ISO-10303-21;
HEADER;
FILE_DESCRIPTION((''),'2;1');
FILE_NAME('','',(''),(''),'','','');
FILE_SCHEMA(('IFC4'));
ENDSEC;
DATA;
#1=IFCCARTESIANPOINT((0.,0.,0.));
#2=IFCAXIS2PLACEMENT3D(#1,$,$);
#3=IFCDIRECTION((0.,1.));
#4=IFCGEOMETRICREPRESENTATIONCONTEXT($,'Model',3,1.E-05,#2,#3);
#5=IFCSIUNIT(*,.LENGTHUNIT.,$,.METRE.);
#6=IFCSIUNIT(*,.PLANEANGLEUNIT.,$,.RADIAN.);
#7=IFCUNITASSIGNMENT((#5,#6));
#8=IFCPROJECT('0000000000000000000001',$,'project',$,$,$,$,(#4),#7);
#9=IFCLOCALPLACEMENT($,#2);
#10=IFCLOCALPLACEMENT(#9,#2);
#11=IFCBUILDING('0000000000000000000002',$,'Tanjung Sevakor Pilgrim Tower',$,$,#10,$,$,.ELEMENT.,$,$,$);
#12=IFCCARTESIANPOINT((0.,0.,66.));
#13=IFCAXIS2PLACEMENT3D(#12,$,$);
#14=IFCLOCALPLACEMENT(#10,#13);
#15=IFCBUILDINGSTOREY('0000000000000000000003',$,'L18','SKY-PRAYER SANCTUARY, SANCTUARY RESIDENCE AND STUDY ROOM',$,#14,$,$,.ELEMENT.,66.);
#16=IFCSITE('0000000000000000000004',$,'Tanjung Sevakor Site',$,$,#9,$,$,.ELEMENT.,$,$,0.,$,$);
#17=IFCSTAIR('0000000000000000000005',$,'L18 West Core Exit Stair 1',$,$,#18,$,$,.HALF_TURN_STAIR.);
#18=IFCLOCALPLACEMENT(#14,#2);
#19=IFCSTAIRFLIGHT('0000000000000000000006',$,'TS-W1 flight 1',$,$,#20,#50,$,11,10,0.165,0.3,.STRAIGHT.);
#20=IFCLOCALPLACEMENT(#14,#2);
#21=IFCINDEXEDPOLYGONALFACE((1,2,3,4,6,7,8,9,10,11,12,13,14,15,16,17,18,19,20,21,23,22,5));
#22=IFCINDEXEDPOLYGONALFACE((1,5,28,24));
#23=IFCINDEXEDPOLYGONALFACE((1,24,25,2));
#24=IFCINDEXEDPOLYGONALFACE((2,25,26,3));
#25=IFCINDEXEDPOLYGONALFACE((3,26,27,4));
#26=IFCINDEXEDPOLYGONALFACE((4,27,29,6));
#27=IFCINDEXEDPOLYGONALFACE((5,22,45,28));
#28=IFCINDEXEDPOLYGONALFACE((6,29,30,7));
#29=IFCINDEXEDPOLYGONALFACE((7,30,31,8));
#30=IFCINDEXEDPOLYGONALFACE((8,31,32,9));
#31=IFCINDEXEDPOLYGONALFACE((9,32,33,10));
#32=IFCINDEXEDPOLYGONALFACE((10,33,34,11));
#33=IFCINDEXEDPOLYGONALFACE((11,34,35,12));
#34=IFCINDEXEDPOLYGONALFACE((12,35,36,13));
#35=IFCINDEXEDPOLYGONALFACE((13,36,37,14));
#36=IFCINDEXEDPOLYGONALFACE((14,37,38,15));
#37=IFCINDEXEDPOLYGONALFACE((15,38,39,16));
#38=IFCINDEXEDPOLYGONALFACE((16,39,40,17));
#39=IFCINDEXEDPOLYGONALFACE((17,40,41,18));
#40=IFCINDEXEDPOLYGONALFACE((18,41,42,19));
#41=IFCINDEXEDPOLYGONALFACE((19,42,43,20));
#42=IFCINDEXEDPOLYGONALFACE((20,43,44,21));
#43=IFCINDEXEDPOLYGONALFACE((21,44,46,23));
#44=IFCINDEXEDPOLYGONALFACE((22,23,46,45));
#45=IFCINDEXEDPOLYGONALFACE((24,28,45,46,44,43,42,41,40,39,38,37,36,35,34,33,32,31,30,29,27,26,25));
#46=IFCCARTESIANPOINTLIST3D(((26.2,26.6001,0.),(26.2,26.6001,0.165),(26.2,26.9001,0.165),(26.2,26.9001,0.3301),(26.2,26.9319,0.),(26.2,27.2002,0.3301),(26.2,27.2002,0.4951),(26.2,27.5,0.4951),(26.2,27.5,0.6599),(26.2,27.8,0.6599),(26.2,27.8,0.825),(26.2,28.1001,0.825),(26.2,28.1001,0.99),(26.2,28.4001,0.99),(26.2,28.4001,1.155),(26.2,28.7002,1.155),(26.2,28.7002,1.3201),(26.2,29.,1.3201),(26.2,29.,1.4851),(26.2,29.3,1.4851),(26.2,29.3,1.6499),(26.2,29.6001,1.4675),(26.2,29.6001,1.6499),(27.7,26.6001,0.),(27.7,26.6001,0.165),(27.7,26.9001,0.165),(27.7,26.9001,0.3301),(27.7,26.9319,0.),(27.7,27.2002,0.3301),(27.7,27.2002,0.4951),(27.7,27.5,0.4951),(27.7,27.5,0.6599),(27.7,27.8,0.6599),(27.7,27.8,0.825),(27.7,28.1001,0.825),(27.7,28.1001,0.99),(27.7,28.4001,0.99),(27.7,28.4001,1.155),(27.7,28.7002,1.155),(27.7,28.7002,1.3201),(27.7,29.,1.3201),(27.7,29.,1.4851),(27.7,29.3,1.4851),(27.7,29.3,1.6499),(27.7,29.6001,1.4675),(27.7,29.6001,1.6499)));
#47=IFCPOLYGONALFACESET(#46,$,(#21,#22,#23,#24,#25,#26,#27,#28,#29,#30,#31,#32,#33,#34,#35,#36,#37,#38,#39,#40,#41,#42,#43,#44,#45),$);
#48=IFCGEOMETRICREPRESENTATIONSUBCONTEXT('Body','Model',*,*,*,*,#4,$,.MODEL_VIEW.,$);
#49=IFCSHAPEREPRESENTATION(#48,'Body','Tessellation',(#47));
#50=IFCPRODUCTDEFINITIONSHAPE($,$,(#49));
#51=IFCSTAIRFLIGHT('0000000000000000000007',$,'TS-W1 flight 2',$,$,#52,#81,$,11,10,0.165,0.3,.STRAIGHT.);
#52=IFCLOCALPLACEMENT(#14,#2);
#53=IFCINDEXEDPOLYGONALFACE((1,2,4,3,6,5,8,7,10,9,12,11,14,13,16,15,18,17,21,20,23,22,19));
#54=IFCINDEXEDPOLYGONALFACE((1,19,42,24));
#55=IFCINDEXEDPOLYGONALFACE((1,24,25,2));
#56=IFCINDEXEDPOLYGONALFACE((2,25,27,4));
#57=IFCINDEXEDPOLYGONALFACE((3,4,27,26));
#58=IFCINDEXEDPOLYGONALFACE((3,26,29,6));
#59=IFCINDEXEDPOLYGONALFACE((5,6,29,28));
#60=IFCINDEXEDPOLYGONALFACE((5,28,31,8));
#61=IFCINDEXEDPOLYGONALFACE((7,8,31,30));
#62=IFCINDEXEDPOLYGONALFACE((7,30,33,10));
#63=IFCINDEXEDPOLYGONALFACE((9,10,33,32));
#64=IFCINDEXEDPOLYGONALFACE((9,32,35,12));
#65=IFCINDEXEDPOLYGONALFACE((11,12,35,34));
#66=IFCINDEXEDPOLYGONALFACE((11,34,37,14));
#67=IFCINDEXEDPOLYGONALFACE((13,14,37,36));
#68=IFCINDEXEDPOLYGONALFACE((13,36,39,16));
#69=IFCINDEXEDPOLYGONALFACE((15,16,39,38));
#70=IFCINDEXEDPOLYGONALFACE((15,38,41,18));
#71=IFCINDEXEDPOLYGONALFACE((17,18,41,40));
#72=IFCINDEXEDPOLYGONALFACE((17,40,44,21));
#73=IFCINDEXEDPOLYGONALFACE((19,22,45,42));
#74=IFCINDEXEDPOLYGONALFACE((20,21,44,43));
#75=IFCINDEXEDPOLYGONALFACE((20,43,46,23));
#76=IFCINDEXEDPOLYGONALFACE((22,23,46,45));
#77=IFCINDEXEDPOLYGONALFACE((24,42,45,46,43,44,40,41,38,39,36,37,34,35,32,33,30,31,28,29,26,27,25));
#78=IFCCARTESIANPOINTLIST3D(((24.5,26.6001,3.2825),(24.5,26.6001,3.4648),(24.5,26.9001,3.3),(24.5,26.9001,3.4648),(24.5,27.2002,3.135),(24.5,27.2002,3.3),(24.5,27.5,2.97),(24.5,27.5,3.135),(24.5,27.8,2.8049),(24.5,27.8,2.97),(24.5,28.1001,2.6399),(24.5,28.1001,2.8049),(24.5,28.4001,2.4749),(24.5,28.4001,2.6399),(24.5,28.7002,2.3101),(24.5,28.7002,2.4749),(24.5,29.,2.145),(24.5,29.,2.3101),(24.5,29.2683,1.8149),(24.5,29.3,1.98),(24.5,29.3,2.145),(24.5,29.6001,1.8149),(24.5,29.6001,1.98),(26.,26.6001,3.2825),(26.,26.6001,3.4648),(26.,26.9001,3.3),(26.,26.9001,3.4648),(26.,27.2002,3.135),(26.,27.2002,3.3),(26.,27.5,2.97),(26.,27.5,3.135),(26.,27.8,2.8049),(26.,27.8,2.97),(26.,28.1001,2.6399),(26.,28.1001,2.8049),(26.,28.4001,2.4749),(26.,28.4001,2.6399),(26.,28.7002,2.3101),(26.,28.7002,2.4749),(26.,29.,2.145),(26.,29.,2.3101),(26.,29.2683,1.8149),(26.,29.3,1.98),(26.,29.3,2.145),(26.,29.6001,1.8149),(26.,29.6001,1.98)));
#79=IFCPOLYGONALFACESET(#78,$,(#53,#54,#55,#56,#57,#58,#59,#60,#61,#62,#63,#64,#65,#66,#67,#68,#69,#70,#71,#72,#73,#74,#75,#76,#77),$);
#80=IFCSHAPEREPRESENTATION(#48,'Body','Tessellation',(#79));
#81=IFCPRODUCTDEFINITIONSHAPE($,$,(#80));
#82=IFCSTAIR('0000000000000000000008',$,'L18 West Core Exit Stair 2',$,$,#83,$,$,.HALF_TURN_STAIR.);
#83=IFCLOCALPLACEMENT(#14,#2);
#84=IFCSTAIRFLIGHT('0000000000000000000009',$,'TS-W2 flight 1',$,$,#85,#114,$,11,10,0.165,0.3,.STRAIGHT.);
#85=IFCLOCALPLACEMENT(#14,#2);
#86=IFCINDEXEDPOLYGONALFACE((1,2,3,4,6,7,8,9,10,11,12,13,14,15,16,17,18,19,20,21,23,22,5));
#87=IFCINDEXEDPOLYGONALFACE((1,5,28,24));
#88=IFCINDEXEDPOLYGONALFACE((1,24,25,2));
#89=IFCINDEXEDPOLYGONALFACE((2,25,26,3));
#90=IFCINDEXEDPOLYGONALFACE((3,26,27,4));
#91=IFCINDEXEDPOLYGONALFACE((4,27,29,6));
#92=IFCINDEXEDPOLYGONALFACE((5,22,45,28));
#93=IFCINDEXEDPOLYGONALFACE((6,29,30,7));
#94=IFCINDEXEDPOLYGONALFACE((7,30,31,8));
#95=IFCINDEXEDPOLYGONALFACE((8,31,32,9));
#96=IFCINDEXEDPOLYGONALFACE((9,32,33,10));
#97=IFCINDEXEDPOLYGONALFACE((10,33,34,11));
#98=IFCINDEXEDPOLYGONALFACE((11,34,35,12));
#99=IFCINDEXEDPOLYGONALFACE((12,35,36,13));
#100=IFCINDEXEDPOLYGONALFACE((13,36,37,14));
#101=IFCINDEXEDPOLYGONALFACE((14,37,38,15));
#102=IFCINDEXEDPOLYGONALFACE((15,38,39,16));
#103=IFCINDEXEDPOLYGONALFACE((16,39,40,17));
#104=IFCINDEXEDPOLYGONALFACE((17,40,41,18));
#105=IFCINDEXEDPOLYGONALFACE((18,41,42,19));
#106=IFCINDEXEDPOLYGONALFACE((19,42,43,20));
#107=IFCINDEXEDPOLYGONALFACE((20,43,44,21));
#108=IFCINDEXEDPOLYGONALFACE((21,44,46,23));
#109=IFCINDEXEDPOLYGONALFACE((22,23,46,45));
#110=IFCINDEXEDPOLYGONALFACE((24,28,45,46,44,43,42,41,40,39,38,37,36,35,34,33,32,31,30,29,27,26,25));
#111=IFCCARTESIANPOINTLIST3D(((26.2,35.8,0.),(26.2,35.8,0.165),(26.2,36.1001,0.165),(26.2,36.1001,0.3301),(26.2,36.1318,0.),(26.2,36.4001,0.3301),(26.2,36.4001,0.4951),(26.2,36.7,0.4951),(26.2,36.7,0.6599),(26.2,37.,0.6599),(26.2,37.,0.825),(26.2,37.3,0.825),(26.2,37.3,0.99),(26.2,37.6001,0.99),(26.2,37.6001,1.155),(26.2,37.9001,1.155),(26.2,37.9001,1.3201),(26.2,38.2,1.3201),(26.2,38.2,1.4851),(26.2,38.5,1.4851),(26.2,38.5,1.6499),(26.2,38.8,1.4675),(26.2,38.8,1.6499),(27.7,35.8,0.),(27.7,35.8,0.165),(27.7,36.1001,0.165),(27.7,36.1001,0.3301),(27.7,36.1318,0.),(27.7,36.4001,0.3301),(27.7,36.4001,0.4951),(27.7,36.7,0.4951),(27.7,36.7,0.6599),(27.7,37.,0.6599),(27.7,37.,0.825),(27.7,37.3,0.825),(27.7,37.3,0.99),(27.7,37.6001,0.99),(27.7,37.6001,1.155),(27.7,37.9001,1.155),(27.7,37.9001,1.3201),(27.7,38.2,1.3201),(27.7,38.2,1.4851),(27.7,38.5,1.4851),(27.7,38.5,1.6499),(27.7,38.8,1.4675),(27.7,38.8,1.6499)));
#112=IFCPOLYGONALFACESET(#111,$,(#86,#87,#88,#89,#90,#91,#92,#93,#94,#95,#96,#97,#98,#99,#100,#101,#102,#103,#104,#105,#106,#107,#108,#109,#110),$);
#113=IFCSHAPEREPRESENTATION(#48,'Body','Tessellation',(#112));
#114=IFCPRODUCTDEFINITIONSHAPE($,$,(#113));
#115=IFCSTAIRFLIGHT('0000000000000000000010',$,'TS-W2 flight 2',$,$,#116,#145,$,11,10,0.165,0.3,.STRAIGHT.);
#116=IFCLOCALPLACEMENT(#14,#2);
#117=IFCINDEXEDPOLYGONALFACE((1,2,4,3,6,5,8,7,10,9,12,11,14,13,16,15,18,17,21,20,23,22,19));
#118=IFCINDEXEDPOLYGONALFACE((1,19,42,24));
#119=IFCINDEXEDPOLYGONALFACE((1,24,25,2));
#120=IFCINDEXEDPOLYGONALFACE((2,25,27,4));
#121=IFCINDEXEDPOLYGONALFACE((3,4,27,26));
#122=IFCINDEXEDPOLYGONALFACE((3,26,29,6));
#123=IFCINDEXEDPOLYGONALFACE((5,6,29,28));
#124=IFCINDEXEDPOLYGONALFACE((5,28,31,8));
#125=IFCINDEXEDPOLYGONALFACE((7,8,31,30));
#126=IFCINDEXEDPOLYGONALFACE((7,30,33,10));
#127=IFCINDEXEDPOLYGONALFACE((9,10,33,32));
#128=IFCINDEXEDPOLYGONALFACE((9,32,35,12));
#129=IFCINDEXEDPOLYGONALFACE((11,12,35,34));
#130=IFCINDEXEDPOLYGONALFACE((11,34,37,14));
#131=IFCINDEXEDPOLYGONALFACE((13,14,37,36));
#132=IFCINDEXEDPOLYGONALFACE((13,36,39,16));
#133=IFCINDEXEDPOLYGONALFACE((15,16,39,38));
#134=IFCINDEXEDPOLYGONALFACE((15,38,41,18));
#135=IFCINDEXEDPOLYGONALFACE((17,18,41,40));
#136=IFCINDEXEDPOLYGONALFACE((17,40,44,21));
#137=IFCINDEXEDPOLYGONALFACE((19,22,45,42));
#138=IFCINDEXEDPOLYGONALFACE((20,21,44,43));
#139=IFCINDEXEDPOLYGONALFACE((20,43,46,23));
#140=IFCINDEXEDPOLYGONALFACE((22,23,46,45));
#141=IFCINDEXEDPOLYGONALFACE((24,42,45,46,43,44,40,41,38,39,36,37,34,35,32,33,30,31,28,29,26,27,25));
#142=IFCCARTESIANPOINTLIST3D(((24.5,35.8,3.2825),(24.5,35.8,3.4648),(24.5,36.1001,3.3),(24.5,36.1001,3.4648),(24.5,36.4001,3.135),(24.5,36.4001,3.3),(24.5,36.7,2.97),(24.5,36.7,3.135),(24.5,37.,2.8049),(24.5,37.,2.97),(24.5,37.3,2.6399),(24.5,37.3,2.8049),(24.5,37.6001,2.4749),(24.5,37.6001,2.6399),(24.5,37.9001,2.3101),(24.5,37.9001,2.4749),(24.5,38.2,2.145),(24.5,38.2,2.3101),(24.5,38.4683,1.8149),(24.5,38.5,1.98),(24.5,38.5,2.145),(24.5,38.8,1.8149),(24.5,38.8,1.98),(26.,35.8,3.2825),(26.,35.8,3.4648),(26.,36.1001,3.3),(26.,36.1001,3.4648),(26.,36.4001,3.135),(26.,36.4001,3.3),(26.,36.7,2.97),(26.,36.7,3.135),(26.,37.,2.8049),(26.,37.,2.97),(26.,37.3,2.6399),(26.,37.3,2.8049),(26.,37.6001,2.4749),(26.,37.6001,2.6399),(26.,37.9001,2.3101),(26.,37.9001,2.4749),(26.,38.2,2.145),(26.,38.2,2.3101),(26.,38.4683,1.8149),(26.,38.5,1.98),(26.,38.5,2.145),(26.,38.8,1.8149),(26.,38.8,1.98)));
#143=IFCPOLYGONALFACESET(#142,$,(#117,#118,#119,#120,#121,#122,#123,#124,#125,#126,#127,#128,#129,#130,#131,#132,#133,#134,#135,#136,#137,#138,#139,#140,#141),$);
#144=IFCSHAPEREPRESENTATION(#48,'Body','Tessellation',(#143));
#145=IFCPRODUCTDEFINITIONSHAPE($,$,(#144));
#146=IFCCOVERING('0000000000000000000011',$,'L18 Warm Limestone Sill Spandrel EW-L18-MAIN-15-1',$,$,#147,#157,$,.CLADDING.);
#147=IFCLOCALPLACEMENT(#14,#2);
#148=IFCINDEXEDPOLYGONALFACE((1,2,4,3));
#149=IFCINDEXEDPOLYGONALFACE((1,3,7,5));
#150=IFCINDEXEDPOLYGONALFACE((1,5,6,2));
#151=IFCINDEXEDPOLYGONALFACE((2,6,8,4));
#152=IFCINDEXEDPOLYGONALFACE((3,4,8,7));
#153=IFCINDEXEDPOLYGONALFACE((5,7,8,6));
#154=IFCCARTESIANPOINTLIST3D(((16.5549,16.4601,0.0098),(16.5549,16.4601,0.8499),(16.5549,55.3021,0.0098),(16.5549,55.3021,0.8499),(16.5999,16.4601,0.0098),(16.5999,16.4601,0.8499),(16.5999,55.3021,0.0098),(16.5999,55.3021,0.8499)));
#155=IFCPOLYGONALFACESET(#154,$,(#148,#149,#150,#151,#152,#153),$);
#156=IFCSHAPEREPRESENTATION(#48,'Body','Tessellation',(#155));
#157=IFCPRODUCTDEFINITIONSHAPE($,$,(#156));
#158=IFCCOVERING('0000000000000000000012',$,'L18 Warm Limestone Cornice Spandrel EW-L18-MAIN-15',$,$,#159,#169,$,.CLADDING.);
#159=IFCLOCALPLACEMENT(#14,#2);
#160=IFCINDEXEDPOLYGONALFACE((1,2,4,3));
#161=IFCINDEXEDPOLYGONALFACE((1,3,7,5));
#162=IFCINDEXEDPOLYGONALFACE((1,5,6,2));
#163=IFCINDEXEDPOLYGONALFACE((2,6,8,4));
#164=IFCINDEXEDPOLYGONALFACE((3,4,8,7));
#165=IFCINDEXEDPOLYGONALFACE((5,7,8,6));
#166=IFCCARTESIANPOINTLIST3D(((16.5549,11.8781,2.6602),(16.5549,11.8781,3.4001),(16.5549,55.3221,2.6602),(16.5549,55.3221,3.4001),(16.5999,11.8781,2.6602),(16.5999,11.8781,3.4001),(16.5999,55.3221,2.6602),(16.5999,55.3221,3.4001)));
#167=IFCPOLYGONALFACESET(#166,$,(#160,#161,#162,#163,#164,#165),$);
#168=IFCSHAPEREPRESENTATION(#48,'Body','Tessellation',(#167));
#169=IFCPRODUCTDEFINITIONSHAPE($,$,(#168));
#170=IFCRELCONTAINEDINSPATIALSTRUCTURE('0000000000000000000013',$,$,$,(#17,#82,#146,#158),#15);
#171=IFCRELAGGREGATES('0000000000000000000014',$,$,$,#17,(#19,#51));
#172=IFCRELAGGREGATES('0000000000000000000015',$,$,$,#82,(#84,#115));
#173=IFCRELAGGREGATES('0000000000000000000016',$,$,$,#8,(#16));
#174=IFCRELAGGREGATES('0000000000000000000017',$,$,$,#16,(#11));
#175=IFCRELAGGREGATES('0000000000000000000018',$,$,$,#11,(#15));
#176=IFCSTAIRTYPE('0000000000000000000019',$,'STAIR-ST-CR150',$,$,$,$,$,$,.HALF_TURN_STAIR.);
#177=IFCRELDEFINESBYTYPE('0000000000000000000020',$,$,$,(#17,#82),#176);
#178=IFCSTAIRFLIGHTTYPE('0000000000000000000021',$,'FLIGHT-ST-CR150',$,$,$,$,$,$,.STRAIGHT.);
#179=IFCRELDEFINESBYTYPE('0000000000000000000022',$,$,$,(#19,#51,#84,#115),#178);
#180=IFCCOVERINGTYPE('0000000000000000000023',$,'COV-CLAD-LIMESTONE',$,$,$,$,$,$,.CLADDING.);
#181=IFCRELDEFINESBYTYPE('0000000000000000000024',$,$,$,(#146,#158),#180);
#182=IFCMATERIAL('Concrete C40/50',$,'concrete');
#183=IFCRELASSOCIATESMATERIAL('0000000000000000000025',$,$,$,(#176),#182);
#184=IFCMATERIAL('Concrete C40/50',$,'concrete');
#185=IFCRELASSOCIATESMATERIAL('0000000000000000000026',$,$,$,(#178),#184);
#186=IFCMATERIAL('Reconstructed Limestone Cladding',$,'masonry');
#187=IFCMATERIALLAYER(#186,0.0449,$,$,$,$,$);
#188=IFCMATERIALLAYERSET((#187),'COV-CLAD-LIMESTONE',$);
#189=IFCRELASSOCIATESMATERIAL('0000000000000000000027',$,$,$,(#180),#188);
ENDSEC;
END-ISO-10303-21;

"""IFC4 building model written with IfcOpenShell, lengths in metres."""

from ifc_helpers import new_model, si_unit, direction, frame, origin, origin_2d, place, context, subcontext, project, spatial, polyline, rectangle, outline, extrude, material, layer, layer_set, type_object, element, aggregate, save


model = new_model("IFC4")

# Units and contexts
model_context = context("Model", 3, precision=1e-05, world=origin(), true_north=direction((0.0, 1.0)))
body_context = subcontext(model_context, "Body", "Model", "MODEL_VIEW")
ifc_project = project(units=[si_unit("LENGTHUNIT", "METRE"), si_unit("PLANEANGLEUNIT", "RADIAN")], contexts=[model_context])

# Site, building, storey
site_placement = place(None, origin())
site = spatial("IfcSite", under=ifc_project, at=site_placement, Name="Tanjung Sevakor Site", CompositionType="ELEMENT", RefElevation=0.0)
building_placement = place(site_placement, origin())
building = spatial("IfcBuilding", under=site, at=building_placement, Name="Tanjung Sevakor Pilgrim Tower", CompositionType="ELEMENT")
storey_placement = place(building_placement, frame((0.0, 0.0, 66.0)))
storey = spatial("IfcBuildingStorey", under=building, at=storey_placement, Name="L18", Description="SKY-PRAYER SANCTUARY, SANCTUARY RESIDENCE AND STUDY ROOM", CompositionType="ELEMENT", Elevation=66.0)

# Stairs, stair flights
ifc_material_1 = material(Name="Concrete C40/50", Category="concrete")
stair_type = type_object("IfcStairType", Name="STAIR-ST-CR150", PredefinedType="HALF_TURN_STAIR", material=ifc_material_1)
stair_1_placement = place(storey_placement, origin())
stair_1 = element("IfcStair", 1, at=stair_1_placement, inside=storey, type_object=stair_type, Name="L18 West Core Exit Stair 1", PredefinedType="HALF_TURN_STAIR")
ifc_material_2 = material(Name="Concrete C40/50", Category="concrete")
stair_flight_type = type_object("IfcStairFlightType", Name="FLIGHT-ST-CR150", PredefinedType="STRAIGHT", material=ifc_material_2)
stair_flight_1_placement = place(storey_placement, frame((26.95, 26.6001, 0.0), z_axis=(0.0, 0.0, 1.0), x_axis=(0.0, 1.0, 0.0)))
stair_flight_1 = element("IfcStairFlight", 2, at=stair_flight_1_placement, type_object=stair_flight_type, Name="TS-W1 flight 1", NumberOfRisers=11, NumberOfTreads=10, PredefinedType="STRAIGHT", RiserHeight=0.165, TreadLength=0.3, context=body_context, shape_type="SweptSolid", body=[
    extrude(outline(polyline([(0.0, 0.0), (0.0, 0.165), (0.3, 0.165), (0.3, 0.3301), (0.6001, 0.3301), (0.6001, 0.4951), (0.8999, 0.4951), (0.8999, 0.6599), (1.2, 0.6599), (1.2, 0.825), (1.5, 0.825), (1.5, 0.99), (1.8, 0.99), (1.8, 1.155), (2.1001, 1.155), (2.1001, 1.3201), (2.3999, 1.3201), (2.3999, 1.4851), (2.7, 1.4851), (2.7, 1.6499), (3.0, 1.6499), (3.0, 1.8149), (3.0, 1.4675), (0.3318, 0.0), (0.0, 0.0)])), frame((0.0, 0.75, 0.0), z_axis=(0.0, -1.0, 0.0), x_axis=(1.0, 0.0, 0.0)), (0.0, 0.0, 1.0), 1.5),
])
stair_flight_2_placement = place(storey_placement, frame((25.25, 29.6001, 1.8149), z_axis=(0.0, 0.0, 1.0), x_axis=(0.0, -1.0, 0.0)))
stair_flight_2 = element("IfcStairFlight", 3, at=stair_flight_2_placement, type_object=stair_flight_type, Name="TS-W1 flight 2", NumberOfRisers=11, NumberOfTreads=10, PredefinedType="STRAIGHT", RiserHeight=0.165, TreadLength=0.3, context=body_context, shape_type="SweptSolid", body=[
    extrude(outline(polyline([(0.0, 0.0), (0.0, 0.165), (0.3, 0.165), (0.3, 0.3301), (0.6001, 0.3301), (0.6001, 0.4951), (0.8999, 0.4951), (0.8999, 0.6599), (1.2, 0.6599), (1.2, 0.825), (1.5, 0.825), (1.5, 0.99), (1.8, 0.99), (1.8, 1.155), (2.1001, 1.155), (2.1001, 1.3201), (2.3999, 1.3201), (2.3999, 1.4851), (2.7, 1.4851), (2.7, 1.6499), (3.0, 1.6499), (3.0, 1.8149), (3.0, 1.4675), (0.3318, 0.0), (0.0, 0.0)])), frame((0.0, 0.75, 0.0), z_axis=(0.0, -1.0, 0.0), x_axis=(1.0, 0.0, 0.0)), (0.0, 0.0, 1.0), 1.5),
])
aggregate(stair_1, [stair_flight_1, stair_flight_2])
stair_2_placement = place(storey_placement, origin())
stair_2 = element("IfcStair", 4, at=stair_2_placement, inside=storey, type_object=stair_type, Name="L18 West Core Exit Stair 2", PredefinedType="HALF_TURN_STAIR")
stair_flight_3_placement = place(storey_placement, frame((26.95, 35.8, 0.0), z_axis=(0.0, 0.0, 1.0), x_axis=(0.0, 1.0, 0.0)))
stair_flight_3 = element("IfcStairFlight", 5, at=stair_flight_3_placement, type_object=stair_flight_type, Name="TS-W2 flight 1", NumberOfRisers=11, NumberOfTreads=10, PredefinedType="STRAIGHT", RiserHeight=0.165, TreadLength=0.3, context=body_context, shape_type="SweptSolid", body=[
    extrude(outline(polyline([(0.0, 0.0), (0.0, 0.165), (0.3, 0.165), (0.3, 0.3301), (0.6001, 0.3301), (0.6001, 0.4951), (0.8999, 0.4951), (0.8999, 0.6599), (1.2, 0.6599), (1.2, 0.825), (1.5, 0.825), (1.5, 0.99), (1.8, 0.99), (1.8, 1.155), (2.1001, 1.155), (2.1001, 1.3201), (2.3999, 1.3201), (2.3999, 1.4851), (2.7, 1.4851), (2.7, 1.6499), (3.0, 1.6499), (3.0, 1.8149), (3.0, 1.4675), (0.3318, 0.0), (0.0, 0.0)])), frame((0.0, 0.75, 0.0), z_axis=(0.0, -1.0, 0.0), x_axis=(1.0, 0.0, 0.0)), (0.0, 0.0, 1.0), 1.5),
])
stair_flight_4_placement = place(storey_placement, frame((25.25, 38.8, 1.8149), z_axis=(0.0, 0.0, 1.0), x_axis=(0.0, -1.0, 0.0)))
stair_flight_4 = element("IfcStairFlight", 6, at=stair_flight_4_placement, type_object=stair_flight_type, Name="TS-W2 flight 2", NumberOfRisers=11, NumberOfTreads=10, PredefinedType="STRAIGHT", RiserHeight=0.165, TreadLength=0.3, context=body_context, shape_type="SweptSolid", body=[
    extrude(outline(polyline([(0.0, 0.0), (0.0, 0.165), (0.3, 0.165), (0.3, 0.3301), (0.6001, 0.3301), (0.6001, 0.4951), (0.8999, 0.4951), (0.8999, 0.6599), (1.2, 0.6599), (1.2, 0.825), (1.5, 0.825), (1.5, 0.99), (1.8, 0.99), (1.8, 1.155), (2.1001, 1.155), (2.1001, 1.3201), (2.3999, 1.3201), (2.3999, 1.4851), (2.7, 1.4851), (2.7, 1.6499), (3.0, 1.6499), (3.0, 1.8149), (3.0, 1.4675), (0.3318, 0.0), (0.0, 0.0)])), frame((0.0, 0.75, 0.0), z_axis=(0.0, -1.0, 0.0), x_axis=(1.0, 0.0, 0.0)), (0.0, 0.0, 1.0), 1.5),
])
aggregate(stair_2, [stair_flight_3, stair_flight_4])

# Coverings
ifc_material_3 = material(Name="Reconstructed Limestone Cladding", Category="masonry")
ifc_layer_1 = layer(ifc_material_3, 0.0449)
ifc_layer_set_1 = layer_set([ifc_layer_1], Name="COV-CLAD-LIMESTONE")
covering_type = type_object("IfcCoveringType", Name="COV-CLAD-LIMESTONE", PredefinedType="CLADDING", material=ifc_layer_set_1)
covering_1_placement = place(storey_placement, frame((16.5774, 35.8811, 0.0098), z_axis=(0.0, 0.0, 1.0), x_axis=(0.0, -1.0, 0.0)))
element("IfcCovering", 7, at=covering_1_placement, inside=storey, type_object=covering_type, Name="L18 Warm Limestone Sill Spandrel EW-L18-MAIN-15-1", PredefinedType="CLADDING", context=body_context, shape_type="SweptSolid", body=[
    extrude(rectangle(XDim=38.842, YDim=0.0449, at=origin_2d()), origin(), (0.0, 0.0, 1.0), 0.8401),
])
covering_2_placement = place(storey_placement, frame((16.5774, 33.6001, 2.6602), z_axis=(0.0, 0.0, 1.0), x_axis=(0.0, -1.0, 0.0)))
element("IfcCovering", 8, at=covering_2_placement, inside=storey, type_object=covering_type, Name="L18 Warm Limestone Cornice Spandrel EW-L18-MAIN-15", PredefinedType="CLADDING", context=body_context, shape_type="SweptSolid", body=[
    extrude(rectangle(XDim=43.4441, YDim=0.0449, at=origin_2d()), origin(), (0.0, 0.0, 1.0), 0.74),
])

save(model, "model.ifc")
